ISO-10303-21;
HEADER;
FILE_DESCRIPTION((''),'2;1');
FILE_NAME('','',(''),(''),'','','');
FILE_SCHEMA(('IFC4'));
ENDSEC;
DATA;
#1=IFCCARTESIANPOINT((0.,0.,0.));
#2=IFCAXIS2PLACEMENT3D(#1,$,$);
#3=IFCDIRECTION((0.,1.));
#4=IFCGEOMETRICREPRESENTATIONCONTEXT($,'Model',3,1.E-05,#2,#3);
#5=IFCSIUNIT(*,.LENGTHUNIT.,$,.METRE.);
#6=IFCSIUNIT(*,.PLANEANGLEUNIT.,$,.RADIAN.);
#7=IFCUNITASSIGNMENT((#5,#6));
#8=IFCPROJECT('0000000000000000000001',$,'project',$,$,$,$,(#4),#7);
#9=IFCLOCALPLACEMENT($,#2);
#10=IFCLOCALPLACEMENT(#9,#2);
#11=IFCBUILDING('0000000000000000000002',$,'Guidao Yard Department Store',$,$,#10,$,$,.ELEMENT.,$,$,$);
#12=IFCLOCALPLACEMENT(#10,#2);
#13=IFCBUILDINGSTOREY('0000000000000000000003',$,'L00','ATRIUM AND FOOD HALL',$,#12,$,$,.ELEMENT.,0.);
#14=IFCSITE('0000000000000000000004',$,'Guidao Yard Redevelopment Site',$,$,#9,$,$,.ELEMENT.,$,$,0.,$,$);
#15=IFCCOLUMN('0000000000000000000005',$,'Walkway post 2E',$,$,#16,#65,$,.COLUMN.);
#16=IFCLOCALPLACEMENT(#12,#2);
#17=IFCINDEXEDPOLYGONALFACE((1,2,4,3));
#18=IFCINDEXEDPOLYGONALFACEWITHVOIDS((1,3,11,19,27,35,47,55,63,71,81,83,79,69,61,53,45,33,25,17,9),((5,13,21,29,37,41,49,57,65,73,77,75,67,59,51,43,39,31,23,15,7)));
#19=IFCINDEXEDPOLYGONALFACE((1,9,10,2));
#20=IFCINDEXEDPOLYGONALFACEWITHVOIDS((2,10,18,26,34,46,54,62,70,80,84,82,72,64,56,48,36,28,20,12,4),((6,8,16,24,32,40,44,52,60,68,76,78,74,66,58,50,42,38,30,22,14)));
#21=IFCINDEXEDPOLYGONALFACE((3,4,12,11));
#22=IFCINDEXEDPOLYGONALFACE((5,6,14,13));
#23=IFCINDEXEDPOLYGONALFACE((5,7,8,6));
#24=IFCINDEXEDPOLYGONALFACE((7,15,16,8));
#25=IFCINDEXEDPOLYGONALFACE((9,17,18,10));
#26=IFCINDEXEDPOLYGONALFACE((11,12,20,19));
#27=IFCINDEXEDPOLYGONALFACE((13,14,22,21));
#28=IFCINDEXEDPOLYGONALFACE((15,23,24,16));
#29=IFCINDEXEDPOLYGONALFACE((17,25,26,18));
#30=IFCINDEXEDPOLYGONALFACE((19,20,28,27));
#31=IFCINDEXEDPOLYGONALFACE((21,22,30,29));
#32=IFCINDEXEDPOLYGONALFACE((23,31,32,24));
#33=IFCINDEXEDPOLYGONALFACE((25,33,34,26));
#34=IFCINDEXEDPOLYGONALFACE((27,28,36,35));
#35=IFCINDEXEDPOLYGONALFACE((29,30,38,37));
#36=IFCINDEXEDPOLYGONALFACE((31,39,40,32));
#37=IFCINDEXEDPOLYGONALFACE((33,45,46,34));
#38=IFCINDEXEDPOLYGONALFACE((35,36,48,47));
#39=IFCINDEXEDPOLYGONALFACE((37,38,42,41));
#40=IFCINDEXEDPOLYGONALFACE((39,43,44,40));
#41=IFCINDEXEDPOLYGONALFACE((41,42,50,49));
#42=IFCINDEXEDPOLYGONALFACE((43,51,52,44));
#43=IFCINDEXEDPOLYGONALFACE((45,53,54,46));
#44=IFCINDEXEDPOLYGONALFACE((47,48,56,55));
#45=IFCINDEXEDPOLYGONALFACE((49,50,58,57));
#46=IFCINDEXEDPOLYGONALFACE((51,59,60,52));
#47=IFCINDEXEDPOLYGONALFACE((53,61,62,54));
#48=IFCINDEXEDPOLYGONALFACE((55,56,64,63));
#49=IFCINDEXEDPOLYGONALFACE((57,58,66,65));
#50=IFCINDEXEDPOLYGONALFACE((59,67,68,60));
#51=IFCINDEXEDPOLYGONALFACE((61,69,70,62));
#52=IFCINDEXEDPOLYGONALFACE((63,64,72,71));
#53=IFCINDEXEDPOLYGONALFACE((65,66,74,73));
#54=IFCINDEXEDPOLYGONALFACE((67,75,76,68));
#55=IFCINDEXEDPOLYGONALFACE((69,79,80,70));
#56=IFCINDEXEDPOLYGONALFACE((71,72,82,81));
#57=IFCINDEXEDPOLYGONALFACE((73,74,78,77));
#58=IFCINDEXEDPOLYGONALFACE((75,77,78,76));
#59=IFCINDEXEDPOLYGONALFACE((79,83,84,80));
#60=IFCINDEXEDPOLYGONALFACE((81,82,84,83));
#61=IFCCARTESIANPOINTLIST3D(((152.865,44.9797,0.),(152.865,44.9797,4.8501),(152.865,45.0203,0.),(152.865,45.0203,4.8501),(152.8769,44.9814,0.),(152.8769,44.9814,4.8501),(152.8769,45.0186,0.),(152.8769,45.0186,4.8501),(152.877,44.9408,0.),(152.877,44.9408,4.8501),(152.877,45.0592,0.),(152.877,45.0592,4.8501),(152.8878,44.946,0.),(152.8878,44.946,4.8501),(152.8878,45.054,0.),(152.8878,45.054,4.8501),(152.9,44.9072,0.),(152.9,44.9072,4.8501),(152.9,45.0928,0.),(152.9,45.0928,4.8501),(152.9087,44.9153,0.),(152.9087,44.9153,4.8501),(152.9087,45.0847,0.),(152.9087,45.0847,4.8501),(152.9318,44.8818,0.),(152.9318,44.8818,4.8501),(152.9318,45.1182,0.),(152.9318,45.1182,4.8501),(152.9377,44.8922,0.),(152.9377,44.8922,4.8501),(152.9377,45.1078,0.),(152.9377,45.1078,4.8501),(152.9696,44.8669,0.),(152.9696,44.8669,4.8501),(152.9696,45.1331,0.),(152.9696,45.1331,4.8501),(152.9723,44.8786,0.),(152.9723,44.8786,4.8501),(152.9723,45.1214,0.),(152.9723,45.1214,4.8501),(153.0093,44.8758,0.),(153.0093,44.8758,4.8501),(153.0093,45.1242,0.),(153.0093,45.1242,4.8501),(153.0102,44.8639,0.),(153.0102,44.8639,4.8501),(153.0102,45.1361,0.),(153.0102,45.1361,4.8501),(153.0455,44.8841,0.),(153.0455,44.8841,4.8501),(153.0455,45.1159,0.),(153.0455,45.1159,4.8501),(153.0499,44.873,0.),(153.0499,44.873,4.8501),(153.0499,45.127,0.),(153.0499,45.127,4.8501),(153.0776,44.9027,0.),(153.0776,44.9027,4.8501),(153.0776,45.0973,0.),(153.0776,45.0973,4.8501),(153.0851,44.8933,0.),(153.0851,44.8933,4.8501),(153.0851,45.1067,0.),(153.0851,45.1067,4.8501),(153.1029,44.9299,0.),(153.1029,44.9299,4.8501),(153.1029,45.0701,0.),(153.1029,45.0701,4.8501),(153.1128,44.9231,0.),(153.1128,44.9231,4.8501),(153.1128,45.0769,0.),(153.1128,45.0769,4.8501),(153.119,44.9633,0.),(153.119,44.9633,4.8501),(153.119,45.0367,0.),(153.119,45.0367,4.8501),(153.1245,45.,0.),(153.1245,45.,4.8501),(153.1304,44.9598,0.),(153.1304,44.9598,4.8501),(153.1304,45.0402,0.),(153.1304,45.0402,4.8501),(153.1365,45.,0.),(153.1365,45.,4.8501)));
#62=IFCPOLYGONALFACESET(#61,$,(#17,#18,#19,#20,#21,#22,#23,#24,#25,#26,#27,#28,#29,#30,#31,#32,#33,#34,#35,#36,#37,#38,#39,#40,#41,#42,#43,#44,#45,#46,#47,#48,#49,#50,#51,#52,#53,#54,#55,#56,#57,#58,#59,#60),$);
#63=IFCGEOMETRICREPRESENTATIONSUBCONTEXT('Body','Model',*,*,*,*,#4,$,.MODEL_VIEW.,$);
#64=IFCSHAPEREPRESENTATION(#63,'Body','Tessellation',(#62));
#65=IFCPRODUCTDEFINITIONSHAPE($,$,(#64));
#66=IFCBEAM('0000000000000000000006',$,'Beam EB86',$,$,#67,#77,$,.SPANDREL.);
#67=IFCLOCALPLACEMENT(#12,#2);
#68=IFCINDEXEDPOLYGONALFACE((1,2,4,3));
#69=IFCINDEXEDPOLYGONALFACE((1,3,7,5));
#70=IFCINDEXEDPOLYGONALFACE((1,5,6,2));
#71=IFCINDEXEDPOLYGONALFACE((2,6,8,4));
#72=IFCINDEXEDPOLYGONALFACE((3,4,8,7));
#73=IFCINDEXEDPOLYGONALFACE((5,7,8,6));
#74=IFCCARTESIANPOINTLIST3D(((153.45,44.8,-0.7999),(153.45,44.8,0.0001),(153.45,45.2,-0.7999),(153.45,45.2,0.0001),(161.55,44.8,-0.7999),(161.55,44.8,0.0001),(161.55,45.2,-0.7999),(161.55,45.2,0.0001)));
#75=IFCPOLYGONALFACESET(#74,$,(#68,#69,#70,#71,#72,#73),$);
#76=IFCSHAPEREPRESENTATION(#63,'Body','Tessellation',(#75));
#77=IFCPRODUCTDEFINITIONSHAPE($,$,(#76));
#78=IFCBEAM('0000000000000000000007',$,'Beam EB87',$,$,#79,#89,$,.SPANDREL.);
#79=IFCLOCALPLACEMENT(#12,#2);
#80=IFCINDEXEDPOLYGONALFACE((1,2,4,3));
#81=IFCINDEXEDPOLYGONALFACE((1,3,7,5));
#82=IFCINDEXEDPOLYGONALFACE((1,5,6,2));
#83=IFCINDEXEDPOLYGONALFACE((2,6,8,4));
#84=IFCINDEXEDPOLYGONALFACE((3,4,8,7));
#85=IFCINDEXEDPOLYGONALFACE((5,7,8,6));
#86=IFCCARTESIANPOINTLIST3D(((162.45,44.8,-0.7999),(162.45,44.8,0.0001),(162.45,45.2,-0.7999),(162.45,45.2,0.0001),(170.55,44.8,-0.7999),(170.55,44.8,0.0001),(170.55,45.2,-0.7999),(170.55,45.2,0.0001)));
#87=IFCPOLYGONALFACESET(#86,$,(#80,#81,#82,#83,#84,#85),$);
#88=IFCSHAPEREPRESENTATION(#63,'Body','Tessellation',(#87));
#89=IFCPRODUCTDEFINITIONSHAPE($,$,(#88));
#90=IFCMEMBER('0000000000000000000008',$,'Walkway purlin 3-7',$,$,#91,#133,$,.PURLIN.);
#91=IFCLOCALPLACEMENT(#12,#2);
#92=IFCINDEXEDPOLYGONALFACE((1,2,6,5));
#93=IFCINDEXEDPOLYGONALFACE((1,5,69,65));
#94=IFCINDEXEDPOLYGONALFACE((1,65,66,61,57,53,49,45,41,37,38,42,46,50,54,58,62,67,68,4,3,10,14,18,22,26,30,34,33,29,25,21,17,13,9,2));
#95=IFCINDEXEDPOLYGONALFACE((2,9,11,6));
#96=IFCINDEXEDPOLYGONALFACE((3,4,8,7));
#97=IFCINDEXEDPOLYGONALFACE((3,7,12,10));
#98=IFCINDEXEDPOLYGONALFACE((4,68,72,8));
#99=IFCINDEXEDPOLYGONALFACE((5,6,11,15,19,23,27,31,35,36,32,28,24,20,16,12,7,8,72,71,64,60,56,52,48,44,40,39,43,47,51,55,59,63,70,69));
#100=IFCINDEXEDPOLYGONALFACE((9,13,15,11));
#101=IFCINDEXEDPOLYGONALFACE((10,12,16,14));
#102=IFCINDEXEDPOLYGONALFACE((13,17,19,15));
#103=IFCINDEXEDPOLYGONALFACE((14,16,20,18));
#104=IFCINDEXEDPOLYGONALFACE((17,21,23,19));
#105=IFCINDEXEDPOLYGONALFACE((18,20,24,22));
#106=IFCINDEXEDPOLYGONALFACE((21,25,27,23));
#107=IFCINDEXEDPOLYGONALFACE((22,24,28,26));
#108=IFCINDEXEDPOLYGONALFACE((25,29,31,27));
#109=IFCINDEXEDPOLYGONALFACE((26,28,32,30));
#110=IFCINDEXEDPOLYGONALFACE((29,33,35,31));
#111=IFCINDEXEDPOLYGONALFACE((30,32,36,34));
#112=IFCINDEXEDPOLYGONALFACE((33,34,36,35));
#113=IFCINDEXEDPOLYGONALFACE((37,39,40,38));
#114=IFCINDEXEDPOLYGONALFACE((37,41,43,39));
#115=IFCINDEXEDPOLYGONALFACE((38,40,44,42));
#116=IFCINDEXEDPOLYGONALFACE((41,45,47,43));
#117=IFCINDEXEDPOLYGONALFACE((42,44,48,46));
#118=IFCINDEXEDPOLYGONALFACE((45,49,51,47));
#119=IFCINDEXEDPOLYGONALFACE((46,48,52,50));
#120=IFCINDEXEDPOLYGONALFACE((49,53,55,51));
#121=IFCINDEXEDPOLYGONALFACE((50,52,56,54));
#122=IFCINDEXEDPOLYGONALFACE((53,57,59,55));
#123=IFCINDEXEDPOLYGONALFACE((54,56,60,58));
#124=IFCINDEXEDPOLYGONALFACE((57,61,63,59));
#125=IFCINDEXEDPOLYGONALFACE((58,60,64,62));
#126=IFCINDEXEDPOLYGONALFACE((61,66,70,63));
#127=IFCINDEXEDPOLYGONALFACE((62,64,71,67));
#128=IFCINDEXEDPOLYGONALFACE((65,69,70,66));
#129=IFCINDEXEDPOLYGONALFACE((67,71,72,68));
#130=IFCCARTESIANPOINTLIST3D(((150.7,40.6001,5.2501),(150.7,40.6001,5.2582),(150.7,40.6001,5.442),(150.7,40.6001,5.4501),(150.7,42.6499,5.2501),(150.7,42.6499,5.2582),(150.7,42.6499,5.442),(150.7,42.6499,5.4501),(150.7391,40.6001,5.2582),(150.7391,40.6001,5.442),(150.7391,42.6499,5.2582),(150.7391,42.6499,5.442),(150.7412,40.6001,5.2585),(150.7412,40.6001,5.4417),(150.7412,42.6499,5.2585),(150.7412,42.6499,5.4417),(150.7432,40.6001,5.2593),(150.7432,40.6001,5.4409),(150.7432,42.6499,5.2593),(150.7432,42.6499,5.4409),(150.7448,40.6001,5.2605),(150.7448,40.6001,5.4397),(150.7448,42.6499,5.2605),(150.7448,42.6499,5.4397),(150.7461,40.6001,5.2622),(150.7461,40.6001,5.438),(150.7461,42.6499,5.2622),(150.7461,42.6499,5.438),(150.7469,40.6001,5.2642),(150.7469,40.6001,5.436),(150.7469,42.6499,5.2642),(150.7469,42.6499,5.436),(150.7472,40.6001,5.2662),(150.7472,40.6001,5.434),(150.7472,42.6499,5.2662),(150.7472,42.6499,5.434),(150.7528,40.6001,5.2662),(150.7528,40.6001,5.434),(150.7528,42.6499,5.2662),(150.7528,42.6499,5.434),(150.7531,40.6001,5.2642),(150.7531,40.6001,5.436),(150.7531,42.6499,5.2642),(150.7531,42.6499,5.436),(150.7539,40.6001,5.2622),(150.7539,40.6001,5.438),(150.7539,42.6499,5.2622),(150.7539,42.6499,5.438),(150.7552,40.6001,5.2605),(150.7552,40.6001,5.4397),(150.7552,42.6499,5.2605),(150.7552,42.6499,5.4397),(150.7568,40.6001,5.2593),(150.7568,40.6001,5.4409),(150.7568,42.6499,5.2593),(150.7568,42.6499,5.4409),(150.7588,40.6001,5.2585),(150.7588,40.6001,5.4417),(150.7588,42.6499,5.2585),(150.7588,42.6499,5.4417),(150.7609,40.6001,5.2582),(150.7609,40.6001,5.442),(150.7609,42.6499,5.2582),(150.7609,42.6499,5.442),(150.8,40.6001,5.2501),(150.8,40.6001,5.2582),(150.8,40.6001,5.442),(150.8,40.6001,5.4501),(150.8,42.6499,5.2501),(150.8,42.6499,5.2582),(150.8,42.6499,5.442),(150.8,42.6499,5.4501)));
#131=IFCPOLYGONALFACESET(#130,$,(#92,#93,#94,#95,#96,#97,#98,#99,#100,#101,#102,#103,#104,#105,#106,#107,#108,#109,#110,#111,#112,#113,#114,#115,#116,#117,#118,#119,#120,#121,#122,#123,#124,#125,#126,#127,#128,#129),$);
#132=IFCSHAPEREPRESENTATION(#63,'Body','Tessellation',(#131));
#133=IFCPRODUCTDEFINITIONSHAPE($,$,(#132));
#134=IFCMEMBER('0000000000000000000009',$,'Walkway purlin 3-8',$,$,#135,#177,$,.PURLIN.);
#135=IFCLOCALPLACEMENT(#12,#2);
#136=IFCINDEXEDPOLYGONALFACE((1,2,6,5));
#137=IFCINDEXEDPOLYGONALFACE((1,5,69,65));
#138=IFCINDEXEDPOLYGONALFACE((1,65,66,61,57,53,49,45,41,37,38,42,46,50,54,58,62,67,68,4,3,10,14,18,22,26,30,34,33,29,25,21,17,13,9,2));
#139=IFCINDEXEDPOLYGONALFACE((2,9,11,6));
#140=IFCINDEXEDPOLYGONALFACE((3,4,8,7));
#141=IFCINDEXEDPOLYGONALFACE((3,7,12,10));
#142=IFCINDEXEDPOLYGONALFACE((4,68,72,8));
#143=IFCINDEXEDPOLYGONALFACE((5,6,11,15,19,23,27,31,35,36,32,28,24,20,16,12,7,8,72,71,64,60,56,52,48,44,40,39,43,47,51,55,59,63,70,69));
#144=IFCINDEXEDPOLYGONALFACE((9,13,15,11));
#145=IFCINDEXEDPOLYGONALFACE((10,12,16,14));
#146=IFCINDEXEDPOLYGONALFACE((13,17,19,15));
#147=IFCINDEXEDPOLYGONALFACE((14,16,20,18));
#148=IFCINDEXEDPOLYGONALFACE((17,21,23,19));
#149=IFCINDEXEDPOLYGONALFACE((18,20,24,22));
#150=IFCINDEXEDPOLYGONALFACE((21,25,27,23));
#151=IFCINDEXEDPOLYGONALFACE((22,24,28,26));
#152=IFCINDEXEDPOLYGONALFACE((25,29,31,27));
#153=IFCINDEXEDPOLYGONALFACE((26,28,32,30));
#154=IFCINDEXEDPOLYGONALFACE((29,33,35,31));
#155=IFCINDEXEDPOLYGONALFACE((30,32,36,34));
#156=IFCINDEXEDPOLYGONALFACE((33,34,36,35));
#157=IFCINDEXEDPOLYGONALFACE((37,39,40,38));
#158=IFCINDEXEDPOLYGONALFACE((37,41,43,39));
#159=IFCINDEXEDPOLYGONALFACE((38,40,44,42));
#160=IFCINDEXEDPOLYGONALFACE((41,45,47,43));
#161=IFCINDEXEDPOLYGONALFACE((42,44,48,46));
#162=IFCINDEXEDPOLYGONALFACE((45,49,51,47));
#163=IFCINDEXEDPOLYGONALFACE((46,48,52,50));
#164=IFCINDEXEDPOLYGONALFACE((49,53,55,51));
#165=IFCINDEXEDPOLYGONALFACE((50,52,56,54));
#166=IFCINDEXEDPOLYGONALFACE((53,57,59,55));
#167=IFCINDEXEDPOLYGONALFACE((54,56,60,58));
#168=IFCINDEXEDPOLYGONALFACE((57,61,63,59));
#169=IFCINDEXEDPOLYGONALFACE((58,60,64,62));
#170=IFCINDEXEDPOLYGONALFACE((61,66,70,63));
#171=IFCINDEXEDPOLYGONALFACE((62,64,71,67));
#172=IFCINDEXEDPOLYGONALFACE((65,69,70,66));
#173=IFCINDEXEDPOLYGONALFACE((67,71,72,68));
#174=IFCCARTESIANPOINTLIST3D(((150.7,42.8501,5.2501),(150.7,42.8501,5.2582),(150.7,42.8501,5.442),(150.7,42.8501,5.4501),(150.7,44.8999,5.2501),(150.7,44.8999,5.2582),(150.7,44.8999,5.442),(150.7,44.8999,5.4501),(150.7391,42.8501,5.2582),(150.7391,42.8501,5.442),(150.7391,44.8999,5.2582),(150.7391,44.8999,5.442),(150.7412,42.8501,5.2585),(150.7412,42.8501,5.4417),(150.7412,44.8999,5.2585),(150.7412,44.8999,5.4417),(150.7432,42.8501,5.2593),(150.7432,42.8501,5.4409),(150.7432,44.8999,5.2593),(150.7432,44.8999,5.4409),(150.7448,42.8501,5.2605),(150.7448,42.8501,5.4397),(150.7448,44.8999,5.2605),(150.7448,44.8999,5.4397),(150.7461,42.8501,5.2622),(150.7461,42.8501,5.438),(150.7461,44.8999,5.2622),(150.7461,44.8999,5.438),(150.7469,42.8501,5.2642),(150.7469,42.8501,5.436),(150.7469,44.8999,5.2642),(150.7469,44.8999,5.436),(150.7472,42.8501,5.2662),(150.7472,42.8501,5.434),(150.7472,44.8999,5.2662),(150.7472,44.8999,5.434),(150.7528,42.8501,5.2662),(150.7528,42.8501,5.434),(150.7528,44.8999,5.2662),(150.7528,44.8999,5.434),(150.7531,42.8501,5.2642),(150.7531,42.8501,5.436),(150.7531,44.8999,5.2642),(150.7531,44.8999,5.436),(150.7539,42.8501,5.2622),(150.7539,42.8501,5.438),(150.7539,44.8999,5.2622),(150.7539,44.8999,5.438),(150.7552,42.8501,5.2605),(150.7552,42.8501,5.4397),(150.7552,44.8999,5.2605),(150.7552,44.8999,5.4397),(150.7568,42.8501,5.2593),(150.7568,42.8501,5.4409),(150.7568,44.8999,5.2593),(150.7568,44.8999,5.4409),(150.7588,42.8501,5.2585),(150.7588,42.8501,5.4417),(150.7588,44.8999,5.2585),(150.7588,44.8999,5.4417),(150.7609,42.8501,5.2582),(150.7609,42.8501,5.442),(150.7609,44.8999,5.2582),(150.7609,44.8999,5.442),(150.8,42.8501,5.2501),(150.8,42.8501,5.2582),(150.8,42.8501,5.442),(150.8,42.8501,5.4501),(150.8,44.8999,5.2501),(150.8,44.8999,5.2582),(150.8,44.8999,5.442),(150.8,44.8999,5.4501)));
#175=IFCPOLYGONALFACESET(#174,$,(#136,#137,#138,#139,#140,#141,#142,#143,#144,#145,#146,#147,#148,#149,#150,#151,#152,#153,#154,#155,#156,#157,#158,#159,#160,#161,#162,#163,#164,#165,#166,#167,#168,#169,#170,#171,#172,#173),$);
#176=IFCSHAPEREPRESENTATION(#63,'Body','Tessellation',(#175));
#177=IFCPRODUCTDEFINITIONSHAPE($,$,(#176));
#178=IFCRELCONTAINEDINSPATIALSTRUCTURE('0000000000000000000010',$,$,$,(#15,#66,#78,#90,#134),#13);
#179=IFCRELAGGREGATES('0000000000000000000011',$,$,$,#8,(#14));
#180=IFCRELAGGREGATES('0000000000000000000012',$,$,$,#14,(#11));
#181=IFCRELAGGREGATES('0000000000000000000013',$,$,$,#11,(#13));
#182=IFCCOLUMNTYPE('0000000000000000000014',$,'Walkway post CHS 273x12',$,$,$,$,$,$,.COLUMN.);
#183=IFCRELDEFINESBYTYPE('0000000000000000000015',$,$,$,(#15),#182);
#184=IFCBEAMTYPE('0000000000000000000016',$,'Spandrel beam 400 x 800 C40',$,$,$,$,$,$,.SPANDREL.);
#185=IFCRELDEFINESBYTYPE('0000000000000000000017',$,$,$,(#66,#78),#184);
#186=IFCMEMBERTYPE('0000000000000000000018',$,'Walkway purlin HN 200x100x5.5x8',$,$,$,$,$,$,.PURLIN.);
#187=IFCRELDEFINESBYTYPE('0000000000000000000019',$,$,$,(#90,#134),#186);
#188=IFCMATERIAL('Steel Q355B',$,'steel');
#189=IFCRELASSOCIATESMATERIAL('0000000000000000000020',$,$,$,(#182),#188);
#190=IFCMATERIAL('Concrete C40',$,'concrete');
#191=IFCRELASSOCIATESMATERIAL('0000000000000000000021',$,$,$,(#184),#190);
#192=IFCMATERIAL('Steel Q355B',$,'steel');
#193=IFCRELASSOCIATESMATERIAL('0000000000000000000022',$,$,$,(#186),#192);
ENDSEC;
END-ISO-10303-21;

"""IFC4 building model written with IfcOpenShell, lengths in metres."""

from ifc_helpers import new_model, si_unit, direction, frame, origin, origin_2d, place, context, subcontext, project, spatial, rectangle, hollow_circle, i_section, extrude, material, material_profile, profile_set, type_object, element, save


model = new_model("IFC4")

# Units and contexts
model_context = context("Model", 3, precision=1e-05, world=origin(), true_north=direction((0.0, 1.0)))
body_context = subcontext(model_context, "Body", "Model", "MODEL_VIEW")
ifc_project = project(units=[si_unit("LENGTHUNIT", "METRE"), si_unit("PLANEANGLEUNIT", "RADIAN")], contexts=[model_context])

# Site, building, storey
site_placement = place(None, origin())
site = spatial("IfcSite", under=ifc_project, at=site_placement, Name="Guidao Yard Redevelopment Site", CompositionType="ELEMENT", RefElevation=0.0)
building_placement = place(site_placement, origin())
building = spatial("IfcBuilding", under=site, at=building_placement, Name="Guidao Yard Department Store", CompositionType="ELEMENT")
storey_placement = place(building_placement, origin())
storey = spatial("IfcBuildingStorey", under=building, at=storey_placement, Name="L00", Description="ATRIUM AND FOOD HALL", CompositionType="ELEMENT", Elevation=0.0)

# Column
ifc_material_1 = material(Name="Steel Q355B", Category="steel")
ifc_material_profile_1 = material_profile(ifc_material_1, hollow_circle(Radius=0.1365, WallThickness=0.012, at=origin_2d()), Name="CHS 273x12")
ifc_profile_set_1 = profile_set([ifc_material_profile_1], Name="Steel Q355B")
column_type = type_object("IfcColumnType", Name="Walkway post CHS 273x12", PredefinedType="COLUMN", material=ifc_profile_set_1)
column_placement = place(storey_placement, frame((153.0, 45.0, 0.0), z_axis=(0.0, 0.0, 1.0), x_axis=(1.0, 0.0, 0.0)))
element("IfcColumn", 1, at=column_placement, inside=storey, type_object=column_type, Name="Walkway post 2E", PredefinedType="COLUMN", context=body_context, shape_type="SweptSolid", body=[
    extrude(hollow_circle(Radius=0.1365, WallThickness=0.012, at=origin_2d()), origin(), (0.0, 0.0, 1.0), 4.8501),
])

# Beams
ifc_material_2 = material(Name="Concrete C40", Category="concrete")
ifc_material_profile_2 = material_profile(ifc_material_2, rectangle(XDim=0.3999, YDim=0.8, at=origin_2d()), Name="Spandrel beam 400 x 800 C40")
ifc_profile_set_2 = profile_set([ifc_material_profile_2], Name="Concrete C40")
beam_type = type_object("IfcBeamType", Name="Spandrel beam 400 x 800 C40", PredefinedType="SPANDREL", material=ifc_profile_set_2)
for number, where, z_axis, x_axis, name in (
    (2, (153.45, 45.0, -0.3999), (1.0, 0.0, 0.0), (0.0, 1.0, 0.0), "Beam EB86"),
    (3, (162.45, 45.0, -0.3999), (1.0, 0.0, 0.0), (0.0, 1.0, 0.0), "Beam EB87"),
):
    element("IfcBeam", number, at=place(storey_placement, frame(where, z_axis=z_axis, x_axis=x_axis)), inside=storey, type_object=beam_type, Name=name, PredefinedType="SPANDREL", context=body_context, shape_type="SweptSolid", body=[
        extrude(rectangle(XDim=0.3999, YDim=0.8, at=origin_2d()), origin(), (0.0, 0.0, 1.0), 8.1001),
    ])

# Members
ifc_material_3 = material(Name="Steel Q355B", Category="steel")
ifc_material_profile_3 = material_profile(ifc_material_3, i_section(OverallWidth=0.1001, OverallDepth=0.2, WebThickness=0.0056, FlangeThickness=0.0081, FilletRadius=0.0081, at=origin_2d()), Name="HN 200x100x5.5x8")
ifc_profile_set_3 = profile_set([ifc_material_profile_3], Name="Steel Q355B")
member_type = type_object("IfcMemberType", Name="Walkway purlin HN 200x100x5.5x8", PredefinedType="PURLIN", material=ifc_profile_set_3)
for number, where, z_axis, x_axis, name in (
    (4, (150.75, 40.6001, 5.3501), (0.0, 1.0, 0.0), (-1.0, 0.0, 0.0), "Walkway purlin 3-7"),
    (5, (150.75, 42.8501, 5.3501), (0.0, 1.0, 0.0), (-1.0, 0.0, 0.0), "Walkway purlin 3-8"),
):
    element("IfcMember", number, at=place(storey_placement, frame(where, z_axis=z_axis, x_axis=x_axis)), inside=storey, type_object=member_type, Name=name, PredefinedType="PURLIN", context=body_context, shape_type="SweptSolid", body=[
        extrude(i_section(OverallWidth=0.1001, OverallDepth=0.2, WebThickness=0.0056, FlangeThickness=0.0081, FilletRadius=0.0081, at=origin_2d()), origin(), (0.0, 0.0, 1.0), 2.0498),
    ])

save(model, "model.ifc")
